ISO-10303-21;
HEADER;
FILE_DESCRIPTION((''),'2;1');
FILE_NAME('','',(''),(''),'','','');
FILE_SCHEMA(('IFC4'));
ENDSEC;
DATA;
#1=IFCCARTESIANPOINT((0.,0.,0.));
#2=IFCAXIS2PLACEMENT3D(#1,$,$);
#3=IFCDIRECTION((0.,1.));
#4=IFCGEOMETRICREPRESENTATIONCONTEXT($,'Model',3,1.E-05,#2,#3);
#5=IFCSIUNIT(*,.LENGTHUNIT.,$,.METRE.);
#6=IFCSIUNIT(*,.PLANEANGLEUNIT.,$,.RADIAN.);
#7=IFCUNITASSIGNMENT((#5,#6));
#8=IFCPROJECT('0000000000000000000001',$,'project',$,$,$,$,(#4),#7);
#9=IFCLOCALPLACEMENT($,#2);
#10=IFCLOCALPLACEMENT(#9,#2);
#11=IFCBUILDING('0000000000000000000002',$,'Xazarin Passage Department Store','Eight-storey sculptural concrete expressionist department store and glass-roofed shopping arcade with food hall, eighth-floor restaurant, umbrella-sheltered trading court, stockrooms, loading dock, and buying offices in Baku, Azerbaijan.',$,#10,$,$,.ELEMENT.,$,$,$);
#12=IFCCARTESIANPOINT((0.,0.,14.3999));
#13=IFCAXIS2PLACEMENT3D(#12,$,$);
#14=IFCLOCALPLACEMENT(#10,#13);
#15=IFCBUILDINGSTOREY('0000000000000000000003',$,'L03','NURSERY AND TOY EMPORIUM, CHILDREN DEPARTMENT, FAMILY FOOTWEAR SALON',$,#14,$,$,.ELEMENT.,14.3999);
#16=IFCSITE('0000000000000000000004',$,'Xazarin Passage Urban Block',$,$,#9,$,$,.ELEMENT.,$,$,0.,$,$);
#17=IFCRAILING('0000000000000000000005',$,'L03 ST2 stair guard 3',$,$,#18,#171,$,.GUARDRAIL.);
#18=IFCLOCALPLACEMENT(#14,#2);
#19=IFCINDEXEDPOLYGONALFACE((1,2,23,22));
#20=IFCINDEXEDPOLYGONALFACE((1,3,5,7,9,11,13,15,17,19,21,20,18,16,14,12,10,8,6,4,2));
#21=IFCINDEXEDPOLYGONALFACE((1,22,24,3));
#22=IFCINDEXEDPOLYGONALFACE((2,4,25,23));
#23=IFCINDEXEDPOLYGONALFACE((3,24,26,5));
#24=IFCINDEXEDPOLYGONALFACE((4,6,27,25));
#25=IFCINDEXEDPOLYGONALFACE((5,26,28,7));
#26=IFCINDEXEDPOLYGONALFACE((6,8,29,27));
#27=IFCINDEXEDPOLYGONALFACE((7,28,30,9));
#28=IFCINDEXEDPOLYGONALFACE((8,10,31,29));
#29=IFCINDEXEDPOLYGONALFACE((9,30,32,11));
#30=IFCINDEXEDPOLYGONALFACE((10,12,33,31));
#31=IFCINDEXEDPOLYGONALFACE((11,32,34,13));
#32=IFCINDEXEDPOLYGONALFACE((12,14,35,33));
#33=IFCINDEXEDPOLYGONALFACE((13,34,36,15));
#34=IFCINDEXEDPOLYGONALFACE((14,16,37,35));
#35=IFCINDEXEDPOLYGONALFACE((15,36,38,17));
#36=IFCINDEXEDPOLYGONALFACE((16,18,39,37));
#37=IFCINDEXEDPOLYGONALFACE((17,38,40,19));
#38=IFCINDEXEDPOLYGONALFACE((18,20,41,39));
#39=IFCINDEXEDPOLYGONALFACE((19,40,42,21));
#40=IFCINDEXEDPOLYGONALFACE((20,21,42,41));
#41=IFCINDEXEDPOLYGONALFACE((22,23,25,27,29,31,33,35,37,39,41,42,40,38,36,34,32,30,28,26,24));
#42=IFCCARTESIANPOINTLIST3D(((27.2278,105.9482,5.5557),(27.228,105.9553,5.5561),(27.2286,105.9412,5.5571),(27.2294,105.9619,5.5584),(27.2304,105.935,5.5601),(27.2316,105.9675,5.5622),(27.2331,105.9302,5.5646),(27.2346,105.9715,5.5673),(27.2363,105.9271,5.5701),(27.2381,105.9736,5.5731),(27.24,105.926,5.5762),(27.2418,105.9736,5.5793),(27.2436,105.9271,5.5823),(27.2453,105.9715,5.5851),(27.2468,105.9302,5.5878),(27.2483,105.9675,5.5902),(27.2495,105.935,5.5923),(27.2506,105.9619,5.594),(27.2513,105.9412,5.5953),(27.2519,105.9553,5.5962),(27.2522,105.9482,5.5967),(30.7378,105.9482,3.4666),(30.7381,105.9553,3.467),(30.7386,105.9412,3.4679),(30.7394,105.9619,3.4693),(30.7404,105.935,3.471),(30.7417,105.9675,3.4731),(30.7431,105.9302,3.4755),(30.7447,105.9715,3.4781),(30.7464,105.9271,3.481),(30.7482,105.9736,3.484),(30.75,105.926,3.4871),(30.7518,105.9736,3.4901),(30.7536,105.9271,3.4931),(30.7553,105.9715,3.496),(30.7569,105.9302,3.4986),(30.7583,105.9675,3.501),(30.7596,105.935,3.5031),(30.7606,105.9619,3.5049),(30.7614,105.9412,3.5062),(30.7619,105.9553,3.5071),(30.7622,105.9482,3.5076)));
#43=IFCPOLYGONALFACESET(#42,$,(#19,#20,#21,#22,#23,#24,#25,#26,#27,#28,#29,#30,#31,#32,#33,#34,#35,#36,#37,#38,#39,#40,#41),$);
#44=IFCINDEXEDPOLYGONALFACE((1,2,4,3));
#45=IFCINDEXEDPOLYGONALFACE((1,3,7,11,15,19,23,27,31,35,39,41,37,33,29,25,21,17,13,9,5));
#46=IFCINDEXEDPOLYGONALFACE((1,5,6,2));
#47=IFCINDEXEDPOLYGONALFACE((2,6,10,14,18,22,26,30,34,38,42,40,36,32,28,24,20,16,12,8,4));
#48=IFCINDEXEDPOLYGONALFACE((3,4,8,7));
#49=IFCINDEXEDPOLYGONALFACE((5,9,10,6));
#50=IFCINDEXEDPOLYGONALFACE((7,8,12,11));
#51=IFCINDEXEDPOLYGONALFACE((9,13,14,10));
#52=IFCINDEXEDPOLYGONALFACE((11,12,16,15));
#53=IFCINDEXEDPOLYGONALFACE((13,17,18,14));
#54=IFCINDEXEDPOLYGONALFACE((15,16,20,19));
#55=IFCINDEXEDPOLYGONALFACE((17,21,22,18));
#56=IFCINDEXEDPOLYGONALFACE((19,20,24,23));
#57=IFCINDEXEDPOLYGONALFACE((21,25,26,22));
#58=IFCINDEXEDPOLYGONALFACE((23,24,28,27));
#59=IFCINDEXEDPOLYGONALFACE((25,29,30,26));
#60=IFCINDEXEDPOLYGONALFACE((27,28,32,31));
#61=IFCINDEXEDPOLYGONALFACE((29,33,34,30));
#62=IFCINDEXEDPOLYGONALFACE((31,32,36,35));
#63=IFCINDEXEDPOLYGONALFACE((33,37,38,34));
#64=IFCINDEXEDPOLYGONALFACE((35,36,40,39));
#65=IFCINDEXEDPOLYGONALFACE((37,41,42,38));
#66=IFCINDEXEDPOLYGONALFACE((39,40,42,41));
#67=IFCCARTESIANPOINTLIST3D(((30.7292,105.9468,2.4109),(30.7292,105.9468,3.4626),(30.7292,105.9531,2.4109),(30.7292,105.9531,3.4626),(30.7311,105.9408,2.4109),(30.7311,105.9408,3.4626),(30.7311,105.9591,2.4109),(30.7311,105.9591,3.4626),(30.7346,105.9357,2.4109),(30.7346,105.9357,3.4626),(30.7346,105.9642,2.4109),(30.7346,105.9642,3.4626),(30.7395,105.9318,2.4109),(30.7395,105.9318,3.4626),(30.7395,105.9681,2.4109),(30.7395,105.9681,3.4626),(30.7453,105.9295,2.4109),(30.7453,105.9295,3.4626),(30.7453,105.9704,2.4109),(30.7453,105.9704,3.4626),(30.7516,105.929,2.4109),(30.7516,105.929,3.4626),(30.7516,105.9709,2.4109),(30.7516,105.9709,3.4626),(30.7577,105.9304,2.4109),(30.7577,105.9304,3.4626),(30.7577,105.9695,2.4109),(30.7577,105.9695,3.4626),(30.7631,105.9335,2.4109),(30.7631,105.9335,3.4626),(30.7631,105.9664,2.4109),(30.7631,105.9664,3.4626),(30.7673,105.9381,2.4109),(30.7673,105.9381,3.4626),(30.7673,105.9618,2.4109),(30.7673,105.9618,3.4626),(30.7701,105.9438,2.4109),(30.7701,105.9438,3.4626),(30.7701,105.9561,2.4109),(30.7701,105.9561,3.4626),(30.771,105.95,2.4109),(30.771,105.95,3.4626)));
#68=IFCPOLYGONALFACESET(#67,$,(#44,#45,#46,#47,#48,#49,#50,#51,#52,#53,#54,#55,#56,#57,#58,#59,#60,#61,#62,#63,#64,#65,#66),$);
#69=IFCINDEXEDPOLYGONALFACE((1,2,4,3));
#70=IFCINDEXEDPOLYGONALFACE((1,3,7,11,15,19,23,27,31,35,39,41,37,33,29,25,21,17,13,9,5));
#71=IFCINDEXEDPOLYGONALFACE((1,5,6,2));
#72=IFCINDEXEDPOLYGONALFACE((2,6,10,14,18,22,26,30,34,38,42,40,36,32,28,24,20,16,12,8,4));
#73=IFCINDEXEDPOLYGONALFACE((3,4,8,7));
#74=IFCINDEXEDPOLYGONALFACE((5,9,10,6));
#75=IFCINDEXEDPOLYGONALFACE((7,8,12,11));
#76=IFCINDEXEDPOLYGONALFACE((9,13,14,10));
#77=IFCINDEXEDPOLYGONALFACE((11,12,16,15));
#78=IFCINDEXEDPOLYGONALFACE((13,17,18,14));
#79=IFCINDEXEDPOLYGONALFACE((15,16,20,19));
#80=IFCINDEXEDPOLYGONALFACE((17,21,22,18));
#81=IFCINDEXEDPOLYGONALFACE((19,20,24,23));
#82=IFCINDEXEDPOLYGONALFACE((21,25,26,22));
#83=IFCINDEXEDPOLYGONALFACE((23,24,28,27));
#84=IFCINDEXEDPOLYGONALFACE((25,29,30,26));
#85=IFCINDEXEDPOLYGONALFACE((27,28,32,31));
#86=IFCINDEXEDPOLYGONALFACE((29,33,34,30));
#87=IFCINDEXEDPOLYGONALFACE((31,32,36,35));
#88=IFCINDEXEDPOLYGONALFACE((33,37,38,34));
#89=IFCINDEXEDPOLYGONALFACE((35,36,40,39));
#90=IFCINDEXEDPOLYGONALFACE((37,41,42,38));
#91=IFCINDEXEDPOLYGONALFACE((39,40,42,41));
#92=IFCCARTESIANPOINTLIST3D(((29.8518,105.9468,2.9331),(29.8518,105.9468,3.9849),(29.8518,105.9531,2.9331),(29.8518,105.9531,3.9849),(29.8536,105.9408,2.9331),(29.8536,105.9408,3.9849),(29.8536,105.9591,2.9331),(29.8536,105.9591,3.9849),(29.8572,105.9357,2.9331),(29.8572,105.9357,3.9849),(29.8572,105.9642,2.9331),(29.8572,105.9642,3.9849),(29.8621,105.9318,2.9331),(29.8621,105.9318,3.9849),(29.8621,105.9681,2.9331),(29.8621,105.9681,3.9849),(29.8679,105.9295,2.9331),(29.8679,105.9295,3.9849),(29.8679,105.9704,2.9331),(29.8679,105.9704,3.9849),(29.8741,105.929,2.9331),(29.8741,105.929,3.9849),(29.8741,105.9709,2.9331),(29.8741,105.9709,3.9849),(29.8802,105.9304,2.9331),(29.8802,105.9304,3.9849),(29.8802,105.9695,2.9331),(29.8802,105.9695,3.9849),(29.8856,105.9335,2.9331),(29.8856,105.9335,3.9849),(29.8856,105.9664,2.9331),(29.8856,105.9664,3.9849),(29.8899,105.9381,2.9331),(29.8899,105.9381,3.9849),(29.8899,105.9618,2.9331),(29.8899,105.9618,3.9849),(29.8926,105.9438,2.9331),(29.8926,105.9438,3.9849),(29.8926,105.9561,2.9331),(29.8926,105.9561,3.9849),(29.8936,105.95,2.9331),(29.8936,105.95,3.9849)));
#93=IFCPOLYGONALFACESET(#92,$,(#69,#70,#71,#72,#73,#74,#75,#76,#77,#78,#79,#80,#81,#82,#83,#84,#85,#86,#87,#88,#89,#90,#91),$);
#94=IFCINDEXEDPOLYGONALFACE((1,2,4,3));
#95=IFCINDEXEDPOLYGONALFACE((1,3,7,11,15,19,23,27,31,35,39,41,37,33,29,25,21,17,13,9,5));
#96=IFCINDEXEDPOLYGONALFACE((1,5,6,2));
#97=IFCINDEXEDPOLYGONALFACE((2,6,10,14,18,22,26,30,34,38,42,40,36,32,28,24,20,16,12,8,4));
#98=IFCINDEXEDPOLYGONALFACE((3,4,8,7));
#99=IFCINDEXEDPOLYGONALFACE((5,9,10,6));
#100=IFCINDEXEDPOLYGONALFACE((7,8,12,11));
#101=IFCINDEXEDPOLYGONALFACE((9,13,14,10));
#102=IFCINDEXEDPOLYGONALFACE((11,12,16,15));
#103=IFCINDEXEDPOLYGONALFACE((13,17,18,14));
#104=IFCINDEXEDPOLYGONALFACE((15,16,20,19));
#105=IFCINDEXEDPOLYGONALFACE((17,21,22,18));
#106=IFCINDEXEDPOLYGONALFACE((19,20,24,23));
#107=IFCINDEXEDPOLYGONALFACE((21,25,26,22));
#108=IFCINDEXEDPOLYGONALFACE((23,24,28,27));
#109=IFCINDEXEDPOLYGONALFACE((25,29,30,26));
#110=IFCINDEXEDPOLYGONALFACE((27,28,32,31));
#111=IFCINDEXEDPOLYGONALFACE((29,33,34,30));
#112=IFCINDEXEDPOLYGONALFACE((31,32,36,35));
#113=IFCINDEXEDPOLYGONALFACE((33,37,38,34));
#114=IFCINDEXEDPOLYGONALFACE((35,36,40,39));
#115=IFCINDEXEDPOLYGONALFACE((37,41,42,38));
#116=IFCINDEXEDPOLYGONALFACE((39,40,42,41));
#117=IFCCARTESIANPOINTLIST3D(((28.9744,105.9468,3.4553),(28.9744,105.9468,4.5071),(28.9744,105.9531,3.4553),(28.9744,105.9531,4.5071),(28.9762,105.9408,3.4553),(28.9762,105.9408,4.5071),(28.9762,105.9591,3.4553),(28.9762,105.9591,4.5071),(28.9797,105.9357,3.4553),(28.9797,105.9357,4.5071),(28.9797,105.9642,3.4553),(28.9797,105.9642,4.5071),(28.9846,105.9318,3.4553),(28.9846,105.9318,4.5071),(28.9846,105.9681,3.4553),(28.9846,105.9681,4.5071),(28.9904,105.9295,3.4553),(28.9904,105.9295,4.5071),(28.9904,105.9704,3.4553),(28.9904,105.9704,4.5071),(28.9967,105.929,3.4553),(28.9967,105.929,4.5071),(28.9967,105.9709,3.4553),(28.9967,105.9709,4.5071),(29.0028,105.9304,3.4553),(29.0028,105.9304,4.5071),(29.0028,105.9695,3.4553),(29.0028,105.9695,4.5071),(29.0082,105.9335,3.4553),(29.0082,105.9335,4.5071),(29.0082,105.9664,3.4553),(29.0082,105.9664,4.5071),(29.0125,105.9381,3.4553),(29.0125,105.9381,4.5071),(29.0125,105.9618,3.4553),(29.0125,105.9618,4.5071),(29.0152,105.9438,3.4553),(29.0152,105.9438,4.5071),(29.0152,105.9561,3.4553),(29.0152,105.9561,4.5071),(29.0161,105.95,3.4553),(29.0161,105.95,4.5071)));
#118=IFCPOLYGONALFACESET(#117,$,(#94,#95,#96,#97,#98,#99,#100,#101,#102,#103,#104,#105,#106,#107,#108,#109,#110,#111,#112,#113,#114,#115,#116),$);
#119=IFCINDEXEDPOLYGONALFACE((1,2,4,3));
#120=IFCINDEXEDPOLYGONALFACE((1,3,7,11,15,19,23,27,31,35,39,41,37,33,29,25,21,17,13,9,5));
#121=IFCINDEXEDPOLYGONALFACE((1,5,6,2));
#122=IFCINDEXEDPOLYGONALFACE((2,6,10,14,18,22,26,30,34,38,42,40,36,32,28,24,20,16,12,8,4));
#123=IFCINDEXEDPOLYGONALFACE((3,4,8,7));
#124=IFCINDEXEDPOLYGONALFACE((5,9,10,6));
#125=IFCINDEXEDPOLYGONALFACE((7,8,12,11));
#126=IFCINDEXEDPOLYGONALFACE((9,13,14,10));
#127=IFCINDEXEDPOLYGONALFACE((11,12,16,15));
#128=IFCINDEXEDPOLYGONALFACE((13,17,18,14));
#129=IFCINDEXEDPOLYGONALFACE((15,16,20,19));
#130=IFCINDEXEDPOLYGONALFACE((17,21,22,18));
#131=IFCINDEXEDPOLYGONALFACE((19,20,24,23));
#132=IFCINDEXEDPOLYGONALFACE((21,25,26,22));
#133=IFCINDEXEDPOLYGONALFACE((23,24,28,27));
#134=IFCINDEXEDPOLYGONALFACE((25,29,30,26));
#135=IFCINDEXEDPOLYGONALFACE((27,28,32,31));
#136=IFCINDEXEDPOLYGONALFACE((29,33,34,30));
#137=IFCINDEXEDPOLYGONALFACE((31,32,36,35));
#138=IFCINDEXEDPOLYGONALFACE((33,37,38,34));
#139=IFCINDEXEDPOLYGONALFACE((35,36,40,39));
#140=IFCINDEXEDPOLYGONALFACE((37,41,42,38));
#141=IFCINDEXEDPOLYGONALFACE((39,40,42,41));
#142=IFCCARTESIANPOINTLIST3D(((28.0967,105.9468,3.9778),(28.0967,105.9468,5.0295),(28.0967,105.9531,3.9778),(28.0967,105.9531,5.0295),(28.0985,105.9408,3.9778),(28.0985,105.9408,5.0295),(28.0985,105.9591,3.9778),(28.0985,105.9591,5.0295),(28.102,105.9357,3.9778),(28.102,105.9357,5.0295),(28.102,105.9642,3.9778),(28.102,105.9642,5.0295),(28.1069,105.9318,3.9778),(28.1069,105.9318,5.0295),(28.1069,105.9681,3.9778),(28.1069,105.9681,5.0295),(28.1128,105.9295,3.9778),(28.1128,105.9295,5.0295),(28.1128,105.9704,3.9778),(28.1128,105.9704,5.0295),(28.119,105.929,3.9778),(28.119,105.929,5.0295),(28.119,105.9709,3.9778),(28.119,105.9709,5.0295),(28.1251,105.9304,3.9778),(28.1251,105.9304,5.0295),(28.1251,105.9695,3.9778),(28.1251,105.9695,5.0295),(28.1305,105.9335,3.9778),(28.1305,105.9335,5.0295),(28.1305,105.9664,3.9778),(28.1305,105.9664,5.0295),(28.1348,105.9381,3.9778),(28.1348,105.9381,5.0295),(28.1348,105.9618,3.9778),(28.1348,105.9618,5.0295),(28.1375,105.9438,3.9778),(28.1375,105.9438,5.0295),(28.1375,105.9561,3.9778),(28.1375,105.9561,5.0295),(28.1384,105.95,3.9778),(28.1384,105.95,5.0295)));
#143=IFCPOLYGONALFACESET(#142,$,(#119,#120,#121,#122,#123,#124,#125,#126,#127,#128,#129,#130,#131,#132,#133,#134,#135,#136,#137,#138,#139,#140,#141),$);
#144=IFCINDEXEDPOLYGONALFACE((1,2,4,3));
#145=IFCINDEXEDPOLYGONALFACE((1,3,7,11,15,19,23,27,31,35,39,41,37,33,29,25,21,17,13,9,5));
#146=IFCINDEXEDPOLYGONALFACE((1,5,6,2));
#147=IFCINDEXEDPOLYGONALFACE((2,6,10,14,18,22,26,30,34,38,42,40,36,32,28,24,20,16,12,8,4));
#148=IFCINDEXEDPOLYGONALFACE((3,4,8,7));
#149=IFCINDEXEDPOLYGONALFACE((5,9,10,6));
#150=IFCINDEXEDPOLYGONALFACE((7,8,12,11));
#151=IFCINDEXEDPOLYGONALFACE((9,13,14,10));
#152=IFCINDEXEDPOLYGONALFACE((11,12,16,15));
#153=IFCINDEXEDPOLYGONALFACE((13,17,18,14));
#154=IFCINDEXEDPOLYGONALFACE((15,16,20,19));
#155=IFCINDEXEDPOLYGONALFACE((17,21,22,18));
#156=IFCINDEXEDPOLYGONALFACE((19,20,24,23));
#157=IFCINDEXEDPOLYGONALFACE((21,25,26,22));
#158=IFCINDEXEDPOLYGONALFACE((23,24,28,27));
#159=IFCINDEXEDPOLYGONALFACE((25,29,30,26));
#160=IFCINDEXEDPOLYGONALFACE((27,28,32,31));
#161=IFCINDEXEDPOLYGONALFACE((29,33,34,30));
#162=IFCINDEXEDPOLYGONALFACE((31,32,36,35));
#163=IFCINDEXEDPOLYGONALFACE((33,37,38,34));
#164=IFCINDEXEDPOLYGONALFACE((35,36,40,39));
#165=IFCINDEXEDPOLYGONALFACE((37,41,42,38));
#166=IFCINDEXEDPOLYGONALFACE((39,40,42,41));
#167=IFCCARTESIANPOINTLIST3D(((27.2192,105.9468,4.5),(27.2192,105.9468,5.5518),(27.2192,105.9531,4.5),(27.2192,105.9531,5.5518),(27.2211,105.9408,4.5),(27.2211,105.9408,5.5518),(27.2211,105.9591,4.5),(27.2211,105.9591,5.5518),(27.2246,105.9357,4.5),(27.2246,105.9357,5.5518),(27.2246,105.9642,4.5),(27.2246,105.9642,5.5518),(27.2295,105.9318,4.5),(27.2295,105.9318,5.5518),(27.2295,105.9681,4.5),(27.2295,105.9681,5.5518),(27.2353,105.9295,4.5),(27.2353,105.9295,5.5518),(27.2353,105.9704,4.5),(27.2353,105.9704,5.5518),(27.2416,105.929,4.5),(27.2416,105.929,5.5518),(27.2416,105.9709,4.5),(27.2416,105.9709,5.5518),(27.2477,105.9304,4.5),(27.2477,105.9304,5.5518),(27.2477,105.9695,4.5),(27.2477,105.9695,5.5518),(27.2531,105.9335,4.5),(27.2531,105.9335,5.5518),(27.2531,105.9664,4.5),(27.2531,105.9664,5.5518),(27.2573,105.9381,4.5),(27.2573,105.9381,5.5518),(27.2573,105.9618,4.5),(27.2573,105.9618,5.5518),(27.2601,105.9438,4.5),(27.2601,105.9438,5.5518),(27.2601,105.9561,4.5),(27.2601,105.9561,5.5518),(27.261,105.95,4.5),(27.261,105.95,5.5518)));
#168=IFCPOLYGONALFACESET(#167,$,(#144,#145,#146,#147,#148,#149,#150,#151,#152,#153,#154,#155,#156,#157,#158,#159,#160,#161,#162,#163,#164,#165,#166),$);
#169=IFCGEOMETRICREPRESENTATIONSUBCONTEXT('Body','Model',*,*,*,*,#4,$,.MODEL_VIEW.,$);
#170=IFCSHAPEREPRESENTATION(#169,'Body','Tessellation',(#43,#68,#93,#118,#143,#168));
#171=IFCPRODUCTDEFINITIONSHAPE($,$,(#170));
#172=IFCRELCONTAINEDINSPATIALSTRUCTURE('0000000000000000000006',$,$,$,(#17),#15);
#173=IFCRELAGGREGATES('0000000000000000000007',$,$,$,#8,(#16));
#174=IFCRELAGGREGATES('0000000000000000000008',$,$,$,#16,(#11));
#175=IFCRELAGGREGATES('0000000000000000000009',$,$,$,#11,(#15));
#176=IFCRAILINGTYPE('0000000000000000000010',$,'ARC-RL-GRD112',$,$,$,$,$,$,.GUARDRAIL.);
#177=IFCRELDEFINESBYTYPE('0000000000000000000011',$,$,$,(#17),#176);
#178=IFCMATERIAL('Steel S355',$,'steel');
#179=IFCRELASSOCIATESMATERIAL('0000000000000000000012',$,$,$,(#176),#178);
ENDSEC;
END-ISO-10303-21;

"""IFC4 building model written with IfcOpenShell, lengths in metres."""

from ifc_helpers import new_model, si_unit, direction, frame, origin, origin_2d, place, context, subcontext, project, spatial, circle, extrude, material, type_object, element, save


model = new_model("IFC4")

# Units and contexts
model_context = context("Model", 3, precision=1e-05, world=origin(), true_north=direction((0.0, 1.0)))
body_context = subcontext(model_context, "Body", "Model", "MODEL_VIEW")
ifc_project = project(units=[si_unit("LENGTHUNIT", "METRE"), si_unit("PLANEANGLEUNIT", "RADIAN")], contexts=[model_context])

# Site, building, storey
site_placement = place(None, origin())
site = spatial("IfcSite", under=ifc_project, at=site_placement, Name="Xazarin Passage Urban Block", CompositionType="ELEMENT", RefElevation=0.0)
building_placement = place(site_placement, origin())
building = spatial("IfcBuilding", under=site, at=building_placement, Name="Xazarin Passage Department Store", Description="Eight-storey sculptural concrete expressionist department store and glass-roofed shopping arcade with food hall, eighth-floor restaurant, umbrella-sheltered trading court, stockrooms, loading dock, and buying offices in Baku, Azerbaijan.", CompositionType="ELEMENT")
storey_placement = place(building_placement, frame((0.0, 0.0, 14.3999)))
storey = spatial("IfcBuildingStorey", under=building, at=storey_placement, Name="L03", Description="NURSERY AND TOY EMPORIUM, CHILDREN DEPARTMENT, FAMILY FOOTWEAR SALON", CompositionType="ELEMENT", Elevation=14.3999)

# Shared definitions
ifc_material_1 = material(Name="Steel S355", Category="steel")

# Railing
railing_type_1 = type_object("IfcRailingType", Name="ARC-RL-GRD112", PredefinedType="GUARDRAIL", material=ifc_material_1)
railing_1_placement = place(storey_placement, frame((30.75, 105.95, 2.4109)))
element("IfcRailing", 1, at=railing_1_placement, inside=storey, type_object=railing_type_1, Name="L03 ST2 stair guard 3", PredefinedType="GUARDRAIL", context=body_context, shape_type="SweptSolid", body=[
    extrude(circle(Radius=0.0239, at=origin_2d()), frame((0.0, 0.0, 1.0762), z_axis=(-0.859312, 0.0, 0.511451), x_axis=(0.0, -1.0, 0.0)), (0.0, 0.0, 1.0), 4.0847),
    extrude(circle(Radius=0.021, at=origin_2d()), origin(), (0.0, 0.0, 1.0), 1.0518),
    extrude(circle(Radius=0.021, at=origin_2d()), frame((-0.8774, 0.0, 0.5222)), (0.0, 0.0, 1.0), 1.0518),
    extrude(circle(Radius=0.021, at=origin_2d()), frame((-1.7549, 0.0, 1.0444)), (0.0, 0.0, 1.0), 1.0518),
    extrude(circle(Radius=0.021, at=origin_2d()), frame((-2.6326, 0.0, 1.5669)), (0.0, 0.0, 1.0), 1.0518),
    extrude(circle(Radius=0.021, at=origin_2d()), frame((-3.51, 0.0, 2.0891)), (0.0, 0.0, 1.0), 1.0518),
])

save(model, "model.ifc")
